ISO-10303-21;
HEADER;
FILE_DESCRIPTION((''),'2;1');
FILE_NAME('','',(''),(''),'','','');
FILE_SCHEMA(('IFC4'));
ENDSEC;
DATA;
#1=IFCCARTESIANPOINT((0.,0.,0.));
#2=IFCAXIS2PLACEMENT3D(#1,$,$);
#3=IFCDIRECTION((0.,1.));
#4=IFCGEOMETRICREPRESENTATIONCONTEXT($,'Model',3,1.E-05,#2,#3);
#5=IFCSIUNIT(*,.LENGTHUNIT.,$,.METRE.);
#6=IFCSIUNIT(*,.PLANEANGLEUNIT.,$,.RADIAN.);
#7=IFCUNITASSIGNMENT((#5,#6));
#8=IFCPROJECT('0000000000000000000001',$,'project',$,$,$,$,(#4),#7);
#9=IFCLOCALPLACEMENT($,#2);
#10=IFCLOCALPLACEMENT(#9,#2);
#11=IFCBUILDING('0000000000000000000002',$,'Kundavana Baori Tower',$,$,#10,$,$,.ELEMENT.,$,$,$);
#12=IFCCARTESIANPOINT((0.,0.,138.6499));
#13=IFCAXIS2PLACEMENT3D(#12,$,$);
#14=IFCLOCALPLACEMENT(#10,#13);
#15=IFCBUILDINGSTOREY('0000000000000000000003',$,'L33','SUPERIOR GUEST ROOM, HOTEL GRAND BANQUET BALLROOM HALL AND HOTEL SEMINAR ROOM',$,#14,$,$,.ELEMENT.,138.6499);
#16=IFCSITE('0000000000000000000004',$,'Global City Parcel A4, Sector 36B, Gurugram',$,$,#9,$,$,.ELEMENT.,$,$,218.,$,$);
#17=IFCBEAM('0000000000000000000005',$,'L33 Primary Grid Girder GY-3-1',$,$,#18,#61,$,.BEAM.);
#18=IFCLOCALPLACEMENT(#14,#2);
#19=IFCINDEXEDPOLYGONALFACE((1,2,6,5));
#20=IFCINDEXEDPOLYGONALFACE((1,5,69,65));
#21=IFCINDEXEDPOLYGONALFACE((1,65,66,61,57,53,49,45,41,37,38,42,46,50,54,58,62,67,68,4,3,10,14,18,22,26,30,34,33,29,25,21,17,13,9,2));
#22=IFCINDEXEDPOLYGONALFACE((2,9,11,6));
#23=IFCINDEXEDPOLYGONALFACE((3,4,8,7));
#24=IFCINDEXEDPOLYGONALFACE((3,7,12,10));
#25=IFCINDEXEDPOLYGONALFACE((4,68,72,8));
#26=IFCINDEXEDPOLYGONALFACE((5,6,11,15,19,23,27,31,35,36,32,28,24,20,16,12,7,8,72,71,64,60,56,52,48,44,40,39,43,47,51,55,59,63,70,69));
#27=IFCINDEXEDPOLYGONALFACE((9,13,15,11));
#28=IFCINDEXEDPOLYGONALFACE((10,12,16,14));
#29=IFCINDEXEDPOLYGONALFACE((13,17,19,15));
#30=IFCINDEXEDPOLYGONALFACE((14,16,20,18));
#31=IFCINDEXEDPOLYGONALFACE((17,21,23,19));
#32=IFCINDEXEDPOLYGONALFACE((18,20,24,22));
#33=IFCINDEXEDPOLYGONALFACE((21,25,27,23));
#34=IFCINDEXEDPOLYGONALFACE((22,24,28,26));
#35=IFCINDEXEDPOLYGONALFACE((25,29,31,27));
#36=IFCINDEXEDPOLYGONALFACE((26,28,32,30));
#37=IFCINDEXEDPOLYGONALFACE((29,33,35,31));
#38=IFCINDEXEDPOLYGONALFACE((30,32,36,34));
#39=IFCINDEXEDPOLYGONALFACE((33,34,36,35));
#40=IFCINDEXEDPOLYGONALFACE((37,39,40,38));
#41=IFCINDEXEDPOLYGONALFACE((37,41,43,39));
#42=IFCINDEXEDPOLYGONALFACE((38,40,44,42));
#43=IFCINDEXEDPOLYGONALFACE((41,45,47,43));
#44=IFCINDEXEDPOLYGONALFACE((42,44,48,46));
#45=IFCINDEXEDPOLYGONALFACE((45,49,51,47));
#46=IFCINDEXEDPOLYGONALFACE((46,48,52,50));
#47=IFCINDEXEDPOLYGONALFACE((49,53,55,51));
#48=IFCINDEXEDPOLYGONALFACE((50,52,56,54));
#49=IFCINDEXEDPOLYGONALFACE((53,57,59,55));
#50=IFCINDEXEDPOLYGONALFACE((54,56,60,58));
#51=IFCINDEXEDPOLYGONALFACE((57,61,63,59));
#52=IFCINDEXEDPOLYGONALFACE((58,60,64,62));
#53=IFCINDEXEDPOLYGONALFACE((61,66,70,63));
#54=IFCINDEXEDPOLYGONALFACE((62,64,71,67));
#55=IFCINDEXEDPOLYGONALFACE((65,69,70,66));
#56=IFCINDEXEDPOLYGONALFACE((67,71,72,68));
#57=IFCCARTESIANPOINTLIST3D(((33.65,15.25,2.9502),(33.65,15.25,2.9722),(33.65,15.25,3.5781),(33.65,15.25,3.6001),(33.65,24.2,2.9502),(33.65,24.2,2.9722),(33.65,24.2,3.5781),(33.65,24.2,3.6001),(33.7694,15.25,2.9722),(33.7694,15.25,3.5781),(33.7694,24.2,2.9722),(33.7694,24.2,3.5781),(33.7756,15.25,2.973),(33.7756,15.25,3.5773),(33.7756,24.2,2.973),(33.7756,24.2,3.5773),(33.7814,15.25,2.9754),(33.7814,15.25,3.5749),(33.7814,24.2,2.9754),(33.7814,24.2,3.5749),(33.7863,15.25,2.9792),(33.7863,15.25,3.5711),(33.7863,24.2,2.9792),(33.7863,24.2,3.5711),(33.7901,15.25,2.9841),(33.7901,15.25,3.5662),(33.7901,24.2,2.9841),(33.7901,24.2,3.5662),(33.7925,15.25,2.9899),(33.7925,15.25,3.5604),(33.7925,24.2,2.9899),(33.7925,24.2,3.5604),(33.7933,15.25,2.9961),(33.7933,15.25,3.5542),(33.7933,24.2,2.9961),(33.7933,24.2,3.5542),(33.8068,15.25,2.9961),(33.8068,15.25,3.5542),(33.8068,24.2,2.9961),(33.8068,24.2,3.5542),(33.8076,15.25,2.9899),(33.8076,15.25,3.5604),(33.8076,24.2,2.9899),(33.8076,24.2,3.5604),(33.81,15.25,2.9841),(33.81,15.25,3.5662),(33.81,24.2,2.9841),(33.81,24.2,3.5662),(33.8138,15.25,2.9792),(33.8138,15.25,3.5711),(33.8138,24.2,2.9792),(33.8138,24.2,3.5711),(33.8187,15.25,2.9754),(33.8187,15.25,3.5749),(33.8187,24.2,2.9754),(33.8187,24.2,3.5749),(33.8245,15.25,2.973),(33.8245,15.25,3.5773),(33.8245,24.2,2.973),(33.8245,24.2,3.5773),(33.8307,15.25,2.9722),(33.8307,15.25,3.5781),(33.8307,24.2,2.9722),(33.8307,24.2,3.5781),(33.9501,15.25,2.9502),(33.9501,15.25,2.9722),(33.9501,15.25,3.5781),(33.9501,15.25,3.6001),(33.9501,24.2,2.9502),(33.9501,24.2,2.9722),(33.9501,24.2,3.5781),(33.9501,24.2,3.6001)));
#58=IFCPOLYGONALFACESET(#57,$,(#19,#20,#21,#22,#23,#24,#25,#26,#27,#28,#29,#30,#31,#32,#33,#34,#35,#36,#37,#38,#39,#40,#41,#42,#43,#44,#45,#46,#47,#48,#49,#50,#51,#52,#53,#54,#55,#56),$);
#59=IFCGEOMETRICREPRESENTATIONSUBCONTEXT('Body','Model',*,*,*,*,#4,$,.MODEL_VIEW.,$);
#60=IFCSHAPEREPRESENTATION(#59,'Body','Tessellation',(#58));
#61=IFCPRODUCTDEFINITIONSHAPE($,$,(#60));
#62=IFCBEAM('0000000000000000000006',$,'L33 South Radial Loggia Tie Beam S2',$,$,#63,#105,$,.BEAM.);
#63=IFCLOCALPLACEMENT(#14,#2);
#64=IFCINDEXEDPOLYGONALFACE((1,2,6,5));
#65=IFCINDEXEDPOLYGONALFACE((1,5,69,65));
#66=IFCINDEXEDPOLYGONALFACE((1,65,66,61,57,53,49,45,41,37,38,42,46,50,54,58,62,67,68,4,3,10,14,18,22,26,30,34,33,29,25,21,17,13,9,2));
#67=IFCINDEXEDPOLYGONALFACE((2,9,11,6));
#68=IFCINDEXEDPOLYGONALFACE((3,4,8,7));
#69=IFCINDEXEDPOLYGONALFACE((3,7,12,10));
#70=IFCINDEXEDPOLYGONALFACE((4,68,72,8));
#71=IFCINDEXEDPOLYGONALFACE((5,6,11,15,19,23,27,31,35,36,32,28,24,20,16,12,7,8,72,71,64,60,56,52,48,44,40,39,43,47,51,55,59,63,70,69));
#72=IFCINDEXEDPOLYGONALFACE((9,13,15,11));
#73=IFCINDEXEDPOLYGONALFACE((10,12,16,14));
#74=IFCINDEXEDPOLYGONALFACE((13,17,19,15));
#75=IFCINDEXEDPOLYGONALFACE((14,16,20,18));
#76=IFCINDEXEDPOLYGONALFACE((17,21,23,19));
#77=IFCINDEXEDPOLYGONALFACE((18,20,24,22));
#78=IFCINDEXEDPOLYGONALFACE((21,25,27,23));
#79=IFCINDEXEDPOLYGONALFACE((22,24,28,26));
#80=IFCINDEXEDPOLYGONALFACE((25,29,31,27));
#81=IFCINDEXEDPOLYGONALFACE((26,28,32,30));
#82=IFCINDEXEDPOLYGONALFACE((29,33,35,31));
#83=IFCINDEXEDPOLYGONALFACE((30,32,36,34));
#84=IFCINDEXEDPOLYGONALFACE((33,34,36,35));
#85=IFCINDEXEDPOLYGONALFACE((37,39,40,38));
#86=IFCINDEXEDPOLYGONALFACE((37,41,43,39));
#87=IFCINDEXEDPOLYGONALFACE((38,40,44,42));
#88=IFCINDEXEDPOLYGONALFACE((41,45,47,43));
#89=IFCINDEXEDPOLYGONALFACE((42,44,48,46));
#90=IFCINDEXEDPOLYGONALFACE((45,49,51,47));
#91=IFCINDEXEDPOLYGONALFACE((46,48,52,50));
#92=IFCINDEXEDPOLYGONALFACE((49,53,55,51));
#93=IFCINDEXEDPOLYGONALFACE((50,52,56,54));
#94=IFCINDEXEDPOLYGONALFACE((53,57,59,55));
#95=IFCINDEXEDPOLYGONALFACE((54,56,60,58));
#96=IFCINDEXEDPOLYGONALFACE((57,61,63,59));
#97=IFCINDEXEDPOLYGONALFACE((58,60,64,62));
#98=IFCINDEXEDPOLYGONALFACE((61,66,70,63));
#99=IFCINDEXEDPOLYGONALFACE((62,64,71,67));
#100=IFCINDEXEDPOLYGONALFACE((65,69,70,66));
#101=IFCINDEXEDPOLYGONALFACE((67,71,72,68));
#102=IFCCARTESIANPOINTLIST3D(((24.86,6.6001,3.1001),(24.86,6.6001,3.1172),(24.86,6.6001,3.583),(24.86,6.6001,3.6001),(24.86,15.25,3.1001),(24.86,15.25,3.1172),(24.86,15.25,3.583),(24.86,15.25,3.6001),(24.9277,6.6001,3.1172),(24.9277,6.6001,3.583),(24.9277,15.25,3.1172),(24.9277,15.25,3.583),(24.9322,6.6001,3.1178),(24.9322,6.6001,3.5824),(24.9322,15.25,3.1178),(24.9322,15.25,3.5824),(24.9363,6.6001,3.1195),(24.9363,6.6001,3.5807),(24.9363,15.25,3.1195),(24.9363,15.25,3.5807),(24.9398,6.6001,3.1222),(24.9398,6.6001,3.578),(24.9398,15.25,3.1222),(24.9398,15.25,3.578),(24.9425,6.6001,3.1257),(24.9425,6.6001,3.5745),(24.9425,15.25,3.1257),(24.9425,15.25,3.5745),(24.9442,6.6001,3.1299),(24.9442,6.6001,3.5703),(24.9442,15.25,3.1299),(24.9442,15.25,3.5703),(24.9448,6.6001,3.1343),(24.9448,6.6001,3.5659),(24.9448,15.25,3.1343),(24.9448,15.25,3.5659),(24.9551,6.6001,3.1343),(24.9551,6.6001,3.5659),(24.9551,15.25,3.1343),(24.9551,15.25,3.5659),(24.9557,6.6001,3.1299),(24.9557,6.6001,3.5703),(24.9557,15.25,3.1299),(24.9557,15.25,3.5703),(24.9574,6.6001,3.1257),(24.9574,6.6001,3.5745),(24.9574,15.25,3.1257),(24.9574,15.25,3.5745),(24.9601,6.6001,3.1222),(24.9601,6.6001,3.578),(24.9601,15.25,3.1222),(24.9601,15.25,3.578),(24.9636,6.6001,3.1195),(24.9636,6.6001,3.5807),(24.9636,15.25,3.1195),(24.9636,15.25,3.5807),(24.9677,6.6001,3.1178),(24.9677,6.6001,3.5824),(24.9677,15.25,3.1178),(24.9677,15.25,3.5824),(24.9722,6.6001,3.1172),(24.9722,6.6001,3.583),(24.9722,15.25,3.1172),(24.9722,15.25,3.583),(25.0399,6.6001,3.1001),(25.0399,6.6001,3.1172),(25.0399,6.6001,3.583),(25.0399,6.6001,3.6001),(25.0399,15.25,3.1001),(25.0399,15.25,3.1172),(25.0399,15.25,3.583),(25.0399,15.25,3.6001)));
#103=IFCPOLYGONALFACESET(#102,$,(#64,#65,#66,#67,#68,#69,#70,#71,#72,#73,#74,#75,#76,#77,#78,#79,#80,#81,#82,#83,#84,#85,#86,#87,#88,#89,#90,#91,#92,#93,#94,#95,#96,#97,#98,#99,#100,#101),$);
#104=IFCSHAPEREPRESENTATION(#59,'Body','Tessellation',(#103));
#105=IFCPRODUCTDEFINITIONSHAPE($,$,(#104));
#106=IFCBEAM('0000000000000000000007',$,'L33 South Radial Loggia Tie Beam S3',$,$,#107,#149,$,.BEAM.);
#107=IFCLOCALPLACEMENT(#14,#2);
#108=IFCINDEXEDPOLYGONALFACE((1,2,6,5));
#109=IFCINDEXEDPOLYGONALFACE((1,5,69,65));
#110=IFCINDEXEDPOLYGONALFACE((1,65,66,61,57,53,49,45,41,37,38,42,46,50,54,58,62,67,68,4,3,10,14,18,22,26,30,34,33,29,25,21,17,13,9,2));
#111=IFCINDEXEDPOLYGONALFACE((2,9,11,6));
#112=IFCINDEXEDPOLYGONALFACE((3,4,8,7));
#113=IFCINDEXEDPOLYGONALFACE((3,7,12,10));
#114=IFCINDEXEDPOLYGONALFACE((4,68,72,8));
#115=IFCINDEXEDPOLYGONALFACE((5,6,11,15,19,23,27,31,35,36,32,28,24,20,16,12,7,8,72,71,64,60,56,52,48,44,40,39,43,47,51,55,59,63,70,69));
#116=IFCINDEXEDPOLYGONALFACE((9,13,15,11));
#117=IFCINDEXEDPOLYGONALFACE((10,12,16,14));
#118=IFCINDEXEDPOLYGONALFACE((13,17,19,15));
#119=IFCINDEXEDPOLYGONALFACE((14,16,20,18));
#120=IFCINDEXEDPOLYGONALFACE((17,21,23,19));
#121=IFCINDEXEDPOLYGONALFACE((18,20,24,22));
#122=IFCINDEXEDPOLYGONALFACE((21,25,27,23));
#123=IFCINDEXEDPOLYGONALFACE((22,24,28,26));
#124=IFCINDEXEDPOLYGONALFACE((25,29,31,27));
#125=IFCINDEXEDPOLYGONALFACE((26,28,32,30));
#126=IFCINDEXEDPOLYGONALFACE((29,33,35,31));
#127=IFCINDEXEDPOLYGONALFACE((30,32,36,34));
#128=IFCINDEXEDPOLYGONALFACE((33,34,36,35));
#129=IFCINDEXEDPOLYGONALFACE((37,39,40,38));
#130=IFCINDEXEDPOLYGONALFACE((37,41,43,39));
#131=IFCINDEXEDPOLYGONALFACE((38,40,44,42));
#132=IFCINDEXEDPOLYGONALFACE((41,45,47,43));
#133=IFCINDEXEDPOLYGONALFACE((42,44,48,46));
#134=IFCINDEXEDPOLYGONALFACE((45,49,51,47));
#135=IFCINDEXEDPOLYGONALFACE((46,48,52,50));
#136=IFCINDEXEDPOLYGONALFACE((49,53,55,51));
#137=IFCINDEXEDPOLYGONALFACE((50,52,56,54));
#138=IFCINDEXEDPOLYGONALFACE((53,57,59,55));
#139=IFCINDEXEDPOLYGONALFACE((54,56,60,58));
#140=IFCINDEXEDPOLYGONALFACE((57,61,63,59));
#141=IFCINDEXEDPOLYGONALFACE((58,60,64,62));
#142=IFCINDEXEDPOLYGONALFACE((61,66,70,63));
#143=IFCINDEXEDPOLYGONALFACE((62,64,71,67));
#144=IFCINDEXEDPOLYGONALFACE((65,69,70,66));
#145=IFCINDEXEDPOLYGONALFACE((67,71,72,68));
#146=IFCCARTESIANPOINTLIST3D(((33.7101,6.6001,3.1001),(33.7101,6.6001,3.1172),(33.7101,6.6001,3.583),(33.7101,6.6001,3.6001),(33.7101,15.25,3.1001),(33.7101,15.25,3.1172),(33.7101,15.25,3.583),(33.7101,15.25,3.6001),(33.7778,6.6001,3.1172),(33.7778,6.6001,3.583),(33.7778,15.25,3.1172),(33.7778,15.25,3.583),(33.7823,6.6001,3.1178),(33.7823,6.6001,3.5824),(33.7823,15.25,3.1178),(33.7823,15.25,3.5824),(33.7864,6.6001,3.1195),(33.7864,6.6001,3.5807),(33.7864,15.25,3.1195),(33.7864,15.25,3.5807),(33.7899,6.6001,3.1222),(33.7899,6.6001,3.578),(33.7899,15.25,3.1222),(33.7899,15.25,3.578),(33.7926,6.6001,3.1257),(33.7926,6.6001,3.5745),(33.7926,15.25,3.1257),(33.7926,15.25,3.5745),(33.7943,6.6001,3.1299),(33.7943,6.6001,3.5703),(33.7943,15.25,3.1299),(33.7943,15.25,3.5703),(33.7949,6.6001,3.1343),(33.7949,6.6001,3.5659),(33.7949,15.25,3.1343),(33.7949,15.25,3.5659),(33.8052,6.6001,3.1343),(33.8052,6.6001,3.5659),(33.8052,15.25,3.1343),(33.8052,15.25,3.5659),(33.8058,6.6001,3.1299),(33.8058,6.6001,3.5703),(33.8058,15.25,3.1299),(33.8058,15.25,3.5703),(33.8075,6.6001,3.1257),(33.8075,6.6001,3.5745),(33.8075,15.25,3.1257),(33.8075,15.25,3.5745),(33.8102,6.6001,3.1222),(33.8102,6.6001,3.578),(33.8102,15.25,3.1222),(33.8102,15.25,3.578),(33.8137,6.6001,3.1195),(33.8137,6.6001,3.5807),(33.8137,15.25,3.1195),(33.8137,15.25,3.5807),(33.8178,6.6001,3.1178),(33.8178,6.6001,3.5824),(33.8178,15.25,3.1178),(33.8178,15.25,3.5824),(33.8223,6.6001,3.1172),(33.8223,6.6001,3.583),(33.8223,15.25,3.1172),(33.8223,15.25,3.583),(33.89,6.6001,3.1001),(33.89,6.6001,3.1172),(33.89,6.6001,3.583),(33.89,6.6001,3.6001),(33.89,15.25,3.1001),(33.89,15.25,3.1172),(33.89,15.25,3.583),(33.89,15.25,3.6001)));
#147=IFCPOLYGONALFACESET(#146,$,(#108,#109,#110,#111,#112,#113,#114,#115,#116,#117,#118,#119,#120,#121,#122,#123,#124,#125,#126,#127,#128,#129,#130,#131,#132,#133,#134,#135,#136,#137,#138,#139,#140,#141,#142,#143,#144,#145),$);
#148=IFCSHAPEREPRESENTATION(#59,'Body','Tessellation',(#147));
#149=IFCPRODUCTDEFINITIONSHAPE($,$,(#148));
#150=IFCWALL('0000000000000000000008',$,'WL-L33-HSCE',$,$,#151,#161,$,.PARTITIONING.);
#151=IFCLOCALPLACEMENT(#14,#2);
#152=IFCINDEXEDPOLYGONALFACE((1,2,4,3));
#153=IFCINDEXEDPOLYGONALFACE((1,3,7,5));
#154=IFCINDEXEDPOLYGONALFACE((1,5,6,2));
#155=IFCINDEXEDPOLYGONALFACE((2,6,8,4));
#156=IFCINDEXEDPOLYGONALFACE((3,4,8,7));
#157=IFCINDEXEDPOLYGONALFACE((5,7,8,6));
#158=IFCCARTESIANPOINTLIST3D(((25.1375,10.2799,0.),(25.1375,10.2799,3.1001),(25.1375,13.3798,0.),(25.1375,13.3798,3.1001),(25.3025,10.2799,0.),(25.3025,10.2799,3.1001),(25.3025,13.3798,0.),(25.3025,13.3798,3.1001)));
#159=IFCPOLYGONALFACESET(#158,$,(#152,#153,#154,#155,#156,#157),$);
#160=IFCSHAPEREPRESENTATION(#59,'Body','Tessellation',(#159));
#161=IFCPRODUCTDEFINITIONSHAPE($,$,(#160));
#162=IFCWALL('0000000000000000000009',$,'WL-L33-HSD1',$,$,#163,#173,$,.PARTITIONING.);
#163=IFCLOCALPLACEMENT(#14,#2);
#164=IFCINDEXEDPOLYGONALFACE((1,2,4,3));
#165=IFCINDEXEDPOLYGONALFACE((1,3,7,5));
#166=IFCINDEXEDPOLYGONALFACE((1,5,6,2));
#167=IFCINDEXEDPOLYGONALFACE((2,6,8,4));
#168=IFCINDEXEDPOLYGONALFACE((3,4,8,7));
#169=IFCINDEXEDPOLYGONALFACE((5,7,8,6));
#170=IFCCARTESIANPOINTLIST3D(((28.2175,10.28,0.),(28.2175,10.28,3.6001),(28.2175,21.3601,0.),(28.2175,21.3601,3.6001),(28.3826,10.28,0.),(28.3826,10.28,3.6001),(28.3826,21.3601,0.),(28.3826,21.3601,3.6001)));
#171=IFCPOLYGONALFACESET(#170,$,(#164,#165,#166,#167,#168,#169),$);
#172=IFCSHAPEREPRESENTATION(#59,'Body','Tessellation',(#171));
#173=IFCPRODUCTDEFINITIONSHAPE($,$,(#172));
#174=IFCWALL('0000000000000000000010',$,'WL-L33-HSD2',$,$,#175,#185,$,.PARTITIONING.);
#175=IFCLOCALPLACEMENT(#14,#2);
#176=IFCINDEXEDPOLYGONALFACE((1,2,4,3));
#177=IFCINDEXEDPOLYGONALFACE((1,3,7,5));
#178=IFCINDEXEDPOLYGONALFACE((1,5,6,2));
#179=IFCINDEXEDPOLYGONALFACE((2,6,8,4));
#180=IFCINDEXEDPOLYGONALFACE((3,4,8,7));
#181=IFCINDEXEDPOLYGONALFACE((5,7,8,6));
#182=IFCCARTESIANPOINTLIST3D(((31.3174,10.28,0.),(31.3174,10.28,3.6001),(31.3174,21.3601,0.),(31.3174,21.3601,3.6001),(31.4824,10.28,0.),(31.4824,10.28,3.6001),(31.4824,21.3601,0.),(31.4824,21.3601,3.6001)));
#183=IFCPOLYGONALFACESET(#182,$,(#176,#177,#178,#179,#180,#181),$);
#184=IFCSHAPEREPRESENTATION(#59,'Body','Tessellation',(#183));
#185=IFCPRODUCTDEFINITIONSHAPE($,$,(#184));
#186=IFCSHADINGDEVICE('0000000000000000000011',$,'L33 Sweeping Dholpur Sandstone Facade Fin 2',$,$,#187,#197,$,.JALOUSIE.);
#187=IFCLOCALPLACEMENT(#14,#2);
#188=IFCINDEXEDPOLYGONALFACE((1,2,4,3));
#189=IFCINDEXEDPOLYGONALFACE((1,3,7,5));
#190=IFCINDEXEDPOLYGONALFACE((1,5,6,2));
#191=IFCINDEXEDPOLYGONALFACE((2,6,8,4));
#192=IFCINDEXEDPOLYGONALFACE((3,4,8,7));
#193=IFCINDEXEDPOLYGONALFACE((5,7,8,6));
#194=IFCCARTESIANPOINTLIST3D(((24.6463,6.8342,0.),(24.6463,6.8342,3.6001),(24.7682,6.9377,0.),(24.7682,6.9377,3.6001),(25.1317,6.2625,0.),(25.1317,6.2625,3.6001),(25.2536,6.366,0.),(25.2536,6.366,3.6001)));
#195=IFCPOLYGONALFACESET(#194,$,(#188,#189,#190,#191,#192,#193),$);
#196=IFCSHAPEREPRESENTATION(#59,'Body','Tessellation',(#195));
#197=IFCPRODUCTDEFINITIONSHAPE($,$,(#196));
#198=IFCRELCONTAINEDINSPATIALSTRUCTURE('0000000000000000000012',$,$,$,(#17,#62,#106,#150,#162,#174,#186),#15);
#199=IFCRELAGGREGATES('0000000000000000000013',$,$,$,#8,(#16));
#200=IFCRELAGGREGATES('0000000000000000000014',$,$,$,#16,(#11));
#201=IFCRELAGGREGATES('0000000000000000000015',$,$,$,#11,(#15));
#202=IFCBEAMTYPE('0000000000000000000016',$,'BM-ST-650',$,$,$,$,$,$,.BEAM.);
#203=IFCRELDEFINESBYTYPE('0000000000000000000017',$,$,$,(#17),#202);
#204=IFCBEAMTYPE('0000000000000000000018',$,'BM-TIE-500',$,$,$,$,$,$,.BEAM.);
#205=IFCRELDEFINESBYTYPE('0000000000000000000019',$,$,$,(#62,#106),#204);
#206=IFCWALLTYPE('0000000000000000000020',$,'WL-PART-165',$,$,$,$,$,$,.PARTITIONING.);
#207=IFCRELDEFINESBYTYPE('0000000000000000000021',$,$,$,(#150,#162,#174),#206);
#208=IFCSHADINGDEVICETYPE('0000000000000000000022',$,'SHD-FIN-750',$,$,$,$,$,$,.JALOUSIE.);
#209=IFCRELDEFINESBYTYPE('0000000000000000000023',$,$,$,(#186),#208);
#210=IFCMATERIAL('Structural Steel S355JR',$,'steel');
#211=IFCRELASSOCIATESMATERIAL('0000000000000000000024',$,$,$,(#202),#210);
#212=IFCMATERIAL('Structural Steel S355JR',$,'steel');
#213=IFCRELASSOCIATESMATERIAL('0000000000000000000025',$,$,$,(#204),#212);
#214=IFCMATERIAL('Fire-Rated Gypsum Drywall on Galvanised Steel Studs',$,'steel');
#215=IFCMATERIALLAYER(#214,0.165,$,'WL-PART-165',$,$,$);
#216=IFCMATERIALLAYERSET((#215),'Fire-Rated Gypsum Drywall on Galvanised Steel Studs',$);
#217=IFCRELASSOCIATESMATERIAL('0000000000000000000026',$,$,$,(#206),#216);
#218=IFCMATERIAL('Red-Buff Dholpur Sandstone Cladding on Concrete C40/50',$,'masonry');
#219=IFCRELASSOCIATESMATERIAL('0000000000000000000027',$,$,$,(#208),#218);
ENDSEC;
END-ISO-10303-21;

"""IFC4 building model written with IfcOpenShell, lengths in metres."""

from ifc_helpers import new_model, si_unit, direction, frame, frame_2d, origin, origin_2d, place, context, subcontext, project, spatial, rectangle, i_section, extrude, material, layer, layer_set, material_profile, profile_set, type_object, element, save


model = new_model("IFC4")

# Units and contexts
model_context = context("Model", 3, precision=1e-05, world=origin(), true_north=direction((0.0, 1.0)))
body_context = subcontext(model_context, "Body", "Model", "MODEL_VIEW")
ifc_project = project(units=[si_unit("LENGTHUNIT", "METRE"), si_unit("PLANEANGLEUNIT", "RADIAN")], contexts=[model_context])

# Site, building, storey
site_placement = place(None, origin())
site = spatial("IfcSite", under=ifc_project, at=site_placement, Name="Global City Parcel A4, Sector 36B, Gurugram", CompositionType="ELEMENT", RefElevation=218.0)
building_placement = place(site_placement, origin())
building = spatial("IfcBuilding", under=site, at=building_placement, Name="Kundavana Baori Tower", CompositionType="ELEMENT")
storey_placement = place(building_placement, frame((0.0, 0.0, 138.6499)))
storey = spatial("IfcBuildingStorey", under=building, at=storey_placement, Name="L33", Description="SUPERIOR GUEST ROOM, HOTEL GRAND BANQUET BALLROOM HALL AND HOTEL SEMINAR ROOM", CompositionType="ELEMENT", Elevation=138.6499)

# Beams
ifc_material_1 = material(Name="Structural Steel S355JR", Category="steel")
ifc_material_profile_1 = material_profile(ifc_material_1, i_section(OverallWidth=0.3, OverallDepth=0.6499, WebThickness=0.0134, FlangeThickness=0.022, FilletRadius=0.0239, at=origin_2d()), Name="NPB 650x300x155")
ifc_profile_set_1 = profile_set([ifc_material_profile_1], Name="Structural Steel S355JR")
beam_type_1 = type_object("IfcBeamType", Name="BM-ST-650", PredefinedType="BEAM", material=ifc_profile_set_1)
beam_1_placement = place(storey_placement, frame((33.8, 15.25, 3.2751), z_axis=(0.0, 1.0, 0.0), x_axis=(-1.0, 0.0, 0.0)))
element("IfcBeam", 1, at=beam_1_placement, inside=storey, type_object=beam_type_1, Name="L33 Primary Grid Girder GY-3-1", PredefinedType="BEAM", context=body_context, shape_type="SweptSolid", body=[
    extrude(i_section(OverallWidth=0.3, OverallDepth=0.6499, WebThickness=0.0134, FlangeThickness=0.022, FilletRadius=0.0239, at=origin_2d()), origin(), (0.0, 0.0, 1.0), 8.95),
])
ifc_material_2 = material(Name="Structural Steel S355JR", Category="steel")
ifc_material_profile_2 = material_profile(ifc_material_2, i_section(OverallWidth=0.1799, OverallDepth=0.5, WebThickness=0.0103, FlangeThickness=0.0171, FilletRadius=0.0171, at=origin_2d()), Name="ISMB 500")
ifc_profile_set_2 = profile_set([ifc_material_profile_2], Name="Structural Steel S355JR")
beam_type_2 = type_object("IfcBeamType", Name="BM-TIE-500", PredefinedType="BEAM", material=ifc_profile_set_2)
for number, where, z_axis, x_axis, name in (
    (2, (24.95, 15.25, 3.3501), (0.0, -1.0, 0.0), (1.0, 0.0, 0.0), "L33 South Radial Loggia Tie Beam S2"),
    (3, (33.8, 15.25, 3.3501), (0.0, -1.0, 0.0), (1.0, 0.0, 0.0), "L33 South Radial Loggia Tie Beam S3"),
):
    element("IfcBeam", number, at=place(storey_placement, frame(where, z_axis=z_axis, x_axis=x_axis)), inside=storey, type_object=beam_type_2, Name=name, PredefinedType="BEAM", context=body_context, shape_type="SweptSolid", body=[
        extrude(i_section(OverallWidth=0.1799, OverallDepth=0.5, WebThickness=0.0103, FlangeThickness=0.0171, FilletRadius=0.0171, at=origin_2d()), origin(), (0.0, 0.0, 1.0), 8.6499),
    ])

# Walls
ifc_material_3 = material(Name="Fire-Rated Gypsum Drywall on Galvanised Steel Studs", Category="steel")
ifc_layer = layer(ifc_material_3, 0.165, Name="WL-PART-165")
ifc_layer_set = layer_set([ifc_layer], Name="Fire-Rated Gypsum Drywall on Galvanised Steel Studs")
wall_type = type_object("IfcWallType", Name="WL-PART-165", PredefinedType="PARTITIONING", material=ifc_layer_set)
wall_placement = place(storey_placement, frame((25.22, 10.28, 0.0), z_axis=(0.0, 0.0, 1.0), x_axis=(0.0, 1.0, 0.0)))
element("IfcWall", 4, at=wall_placement, inside=storey, type_object=wall_type, Name="WL-L33-HSCE", PredefinedType="PARTITIONING", context=body_context, shape_type="SweptSolid", body=[
    extrude(rectangle(XDim=3.0999, YDim=0.165, at=frame_2d((1.5498, 0.0))), origin(), (0.0, 0.0, 1.0), 3.1001),
])
for number, where, z_axis, x_axis, name in (
    (5, (28.3, 10.28, 0.0), (0.0, 0.0, 1.0), (0.0, 1.0, 0.0), "WL-L33-HSD1"),
    (6, (31.3999, 10.28, 0.0), (0.0, 0.0, 1.0), (0.0, 1.0, 0.0), "WL-L33-HSD2"),
):
    element("IfcWall", number, at=place(storey_placement, frame(where, z_axis=z_axis, x_axis=x_axis)), inside=storey, type_object=wall_type, Name=name, PredefinedType="PARTITIONING", context=body_context, shape_type="SweptSolid", body=[
        extrude(rectangle(XDim=11.0801, YDim=0.165, at=frame_2d((5.54, 0.0))), origin(), (0.0, 0.0, 1.0), 3.6001),
    ])

# Shading device
ifc_material_4 = material(Name="Red-Buff Dholpur Sandstone Cladding on Concrete C40/50", Category="masonry")
shading_device_type_1 = type_object("IfcShadingDeviceType", Name="SHD-FIN-750", PredefinedType="JALOUSIE", material=ifc_material_4)
shading_device_1_placement = place(storey_placement, frame((24.95, 6.6001, 0.0), z_axis=(0.0, 0.0, 1.0), x_axis=(0.76233, 0.647189, 0.0)))
element("IfcShadingDevice", 7, at=shading_device_1_placement, inside=storey, type_object=shading_device_type_1, Name="L33 Sweeping Dholpur Sandstone Facade Fin 2", PredefinedType="JALOUSIE", context=body_context, shape_type="SweptSolid", body=[
    extrude(rectangle(XDim=0.1599, YDim=0.75, at=origin_2d()), origin(), (0.0, 0.0, 1.0), 3.6001),
])

save(model, "model.ifc")
